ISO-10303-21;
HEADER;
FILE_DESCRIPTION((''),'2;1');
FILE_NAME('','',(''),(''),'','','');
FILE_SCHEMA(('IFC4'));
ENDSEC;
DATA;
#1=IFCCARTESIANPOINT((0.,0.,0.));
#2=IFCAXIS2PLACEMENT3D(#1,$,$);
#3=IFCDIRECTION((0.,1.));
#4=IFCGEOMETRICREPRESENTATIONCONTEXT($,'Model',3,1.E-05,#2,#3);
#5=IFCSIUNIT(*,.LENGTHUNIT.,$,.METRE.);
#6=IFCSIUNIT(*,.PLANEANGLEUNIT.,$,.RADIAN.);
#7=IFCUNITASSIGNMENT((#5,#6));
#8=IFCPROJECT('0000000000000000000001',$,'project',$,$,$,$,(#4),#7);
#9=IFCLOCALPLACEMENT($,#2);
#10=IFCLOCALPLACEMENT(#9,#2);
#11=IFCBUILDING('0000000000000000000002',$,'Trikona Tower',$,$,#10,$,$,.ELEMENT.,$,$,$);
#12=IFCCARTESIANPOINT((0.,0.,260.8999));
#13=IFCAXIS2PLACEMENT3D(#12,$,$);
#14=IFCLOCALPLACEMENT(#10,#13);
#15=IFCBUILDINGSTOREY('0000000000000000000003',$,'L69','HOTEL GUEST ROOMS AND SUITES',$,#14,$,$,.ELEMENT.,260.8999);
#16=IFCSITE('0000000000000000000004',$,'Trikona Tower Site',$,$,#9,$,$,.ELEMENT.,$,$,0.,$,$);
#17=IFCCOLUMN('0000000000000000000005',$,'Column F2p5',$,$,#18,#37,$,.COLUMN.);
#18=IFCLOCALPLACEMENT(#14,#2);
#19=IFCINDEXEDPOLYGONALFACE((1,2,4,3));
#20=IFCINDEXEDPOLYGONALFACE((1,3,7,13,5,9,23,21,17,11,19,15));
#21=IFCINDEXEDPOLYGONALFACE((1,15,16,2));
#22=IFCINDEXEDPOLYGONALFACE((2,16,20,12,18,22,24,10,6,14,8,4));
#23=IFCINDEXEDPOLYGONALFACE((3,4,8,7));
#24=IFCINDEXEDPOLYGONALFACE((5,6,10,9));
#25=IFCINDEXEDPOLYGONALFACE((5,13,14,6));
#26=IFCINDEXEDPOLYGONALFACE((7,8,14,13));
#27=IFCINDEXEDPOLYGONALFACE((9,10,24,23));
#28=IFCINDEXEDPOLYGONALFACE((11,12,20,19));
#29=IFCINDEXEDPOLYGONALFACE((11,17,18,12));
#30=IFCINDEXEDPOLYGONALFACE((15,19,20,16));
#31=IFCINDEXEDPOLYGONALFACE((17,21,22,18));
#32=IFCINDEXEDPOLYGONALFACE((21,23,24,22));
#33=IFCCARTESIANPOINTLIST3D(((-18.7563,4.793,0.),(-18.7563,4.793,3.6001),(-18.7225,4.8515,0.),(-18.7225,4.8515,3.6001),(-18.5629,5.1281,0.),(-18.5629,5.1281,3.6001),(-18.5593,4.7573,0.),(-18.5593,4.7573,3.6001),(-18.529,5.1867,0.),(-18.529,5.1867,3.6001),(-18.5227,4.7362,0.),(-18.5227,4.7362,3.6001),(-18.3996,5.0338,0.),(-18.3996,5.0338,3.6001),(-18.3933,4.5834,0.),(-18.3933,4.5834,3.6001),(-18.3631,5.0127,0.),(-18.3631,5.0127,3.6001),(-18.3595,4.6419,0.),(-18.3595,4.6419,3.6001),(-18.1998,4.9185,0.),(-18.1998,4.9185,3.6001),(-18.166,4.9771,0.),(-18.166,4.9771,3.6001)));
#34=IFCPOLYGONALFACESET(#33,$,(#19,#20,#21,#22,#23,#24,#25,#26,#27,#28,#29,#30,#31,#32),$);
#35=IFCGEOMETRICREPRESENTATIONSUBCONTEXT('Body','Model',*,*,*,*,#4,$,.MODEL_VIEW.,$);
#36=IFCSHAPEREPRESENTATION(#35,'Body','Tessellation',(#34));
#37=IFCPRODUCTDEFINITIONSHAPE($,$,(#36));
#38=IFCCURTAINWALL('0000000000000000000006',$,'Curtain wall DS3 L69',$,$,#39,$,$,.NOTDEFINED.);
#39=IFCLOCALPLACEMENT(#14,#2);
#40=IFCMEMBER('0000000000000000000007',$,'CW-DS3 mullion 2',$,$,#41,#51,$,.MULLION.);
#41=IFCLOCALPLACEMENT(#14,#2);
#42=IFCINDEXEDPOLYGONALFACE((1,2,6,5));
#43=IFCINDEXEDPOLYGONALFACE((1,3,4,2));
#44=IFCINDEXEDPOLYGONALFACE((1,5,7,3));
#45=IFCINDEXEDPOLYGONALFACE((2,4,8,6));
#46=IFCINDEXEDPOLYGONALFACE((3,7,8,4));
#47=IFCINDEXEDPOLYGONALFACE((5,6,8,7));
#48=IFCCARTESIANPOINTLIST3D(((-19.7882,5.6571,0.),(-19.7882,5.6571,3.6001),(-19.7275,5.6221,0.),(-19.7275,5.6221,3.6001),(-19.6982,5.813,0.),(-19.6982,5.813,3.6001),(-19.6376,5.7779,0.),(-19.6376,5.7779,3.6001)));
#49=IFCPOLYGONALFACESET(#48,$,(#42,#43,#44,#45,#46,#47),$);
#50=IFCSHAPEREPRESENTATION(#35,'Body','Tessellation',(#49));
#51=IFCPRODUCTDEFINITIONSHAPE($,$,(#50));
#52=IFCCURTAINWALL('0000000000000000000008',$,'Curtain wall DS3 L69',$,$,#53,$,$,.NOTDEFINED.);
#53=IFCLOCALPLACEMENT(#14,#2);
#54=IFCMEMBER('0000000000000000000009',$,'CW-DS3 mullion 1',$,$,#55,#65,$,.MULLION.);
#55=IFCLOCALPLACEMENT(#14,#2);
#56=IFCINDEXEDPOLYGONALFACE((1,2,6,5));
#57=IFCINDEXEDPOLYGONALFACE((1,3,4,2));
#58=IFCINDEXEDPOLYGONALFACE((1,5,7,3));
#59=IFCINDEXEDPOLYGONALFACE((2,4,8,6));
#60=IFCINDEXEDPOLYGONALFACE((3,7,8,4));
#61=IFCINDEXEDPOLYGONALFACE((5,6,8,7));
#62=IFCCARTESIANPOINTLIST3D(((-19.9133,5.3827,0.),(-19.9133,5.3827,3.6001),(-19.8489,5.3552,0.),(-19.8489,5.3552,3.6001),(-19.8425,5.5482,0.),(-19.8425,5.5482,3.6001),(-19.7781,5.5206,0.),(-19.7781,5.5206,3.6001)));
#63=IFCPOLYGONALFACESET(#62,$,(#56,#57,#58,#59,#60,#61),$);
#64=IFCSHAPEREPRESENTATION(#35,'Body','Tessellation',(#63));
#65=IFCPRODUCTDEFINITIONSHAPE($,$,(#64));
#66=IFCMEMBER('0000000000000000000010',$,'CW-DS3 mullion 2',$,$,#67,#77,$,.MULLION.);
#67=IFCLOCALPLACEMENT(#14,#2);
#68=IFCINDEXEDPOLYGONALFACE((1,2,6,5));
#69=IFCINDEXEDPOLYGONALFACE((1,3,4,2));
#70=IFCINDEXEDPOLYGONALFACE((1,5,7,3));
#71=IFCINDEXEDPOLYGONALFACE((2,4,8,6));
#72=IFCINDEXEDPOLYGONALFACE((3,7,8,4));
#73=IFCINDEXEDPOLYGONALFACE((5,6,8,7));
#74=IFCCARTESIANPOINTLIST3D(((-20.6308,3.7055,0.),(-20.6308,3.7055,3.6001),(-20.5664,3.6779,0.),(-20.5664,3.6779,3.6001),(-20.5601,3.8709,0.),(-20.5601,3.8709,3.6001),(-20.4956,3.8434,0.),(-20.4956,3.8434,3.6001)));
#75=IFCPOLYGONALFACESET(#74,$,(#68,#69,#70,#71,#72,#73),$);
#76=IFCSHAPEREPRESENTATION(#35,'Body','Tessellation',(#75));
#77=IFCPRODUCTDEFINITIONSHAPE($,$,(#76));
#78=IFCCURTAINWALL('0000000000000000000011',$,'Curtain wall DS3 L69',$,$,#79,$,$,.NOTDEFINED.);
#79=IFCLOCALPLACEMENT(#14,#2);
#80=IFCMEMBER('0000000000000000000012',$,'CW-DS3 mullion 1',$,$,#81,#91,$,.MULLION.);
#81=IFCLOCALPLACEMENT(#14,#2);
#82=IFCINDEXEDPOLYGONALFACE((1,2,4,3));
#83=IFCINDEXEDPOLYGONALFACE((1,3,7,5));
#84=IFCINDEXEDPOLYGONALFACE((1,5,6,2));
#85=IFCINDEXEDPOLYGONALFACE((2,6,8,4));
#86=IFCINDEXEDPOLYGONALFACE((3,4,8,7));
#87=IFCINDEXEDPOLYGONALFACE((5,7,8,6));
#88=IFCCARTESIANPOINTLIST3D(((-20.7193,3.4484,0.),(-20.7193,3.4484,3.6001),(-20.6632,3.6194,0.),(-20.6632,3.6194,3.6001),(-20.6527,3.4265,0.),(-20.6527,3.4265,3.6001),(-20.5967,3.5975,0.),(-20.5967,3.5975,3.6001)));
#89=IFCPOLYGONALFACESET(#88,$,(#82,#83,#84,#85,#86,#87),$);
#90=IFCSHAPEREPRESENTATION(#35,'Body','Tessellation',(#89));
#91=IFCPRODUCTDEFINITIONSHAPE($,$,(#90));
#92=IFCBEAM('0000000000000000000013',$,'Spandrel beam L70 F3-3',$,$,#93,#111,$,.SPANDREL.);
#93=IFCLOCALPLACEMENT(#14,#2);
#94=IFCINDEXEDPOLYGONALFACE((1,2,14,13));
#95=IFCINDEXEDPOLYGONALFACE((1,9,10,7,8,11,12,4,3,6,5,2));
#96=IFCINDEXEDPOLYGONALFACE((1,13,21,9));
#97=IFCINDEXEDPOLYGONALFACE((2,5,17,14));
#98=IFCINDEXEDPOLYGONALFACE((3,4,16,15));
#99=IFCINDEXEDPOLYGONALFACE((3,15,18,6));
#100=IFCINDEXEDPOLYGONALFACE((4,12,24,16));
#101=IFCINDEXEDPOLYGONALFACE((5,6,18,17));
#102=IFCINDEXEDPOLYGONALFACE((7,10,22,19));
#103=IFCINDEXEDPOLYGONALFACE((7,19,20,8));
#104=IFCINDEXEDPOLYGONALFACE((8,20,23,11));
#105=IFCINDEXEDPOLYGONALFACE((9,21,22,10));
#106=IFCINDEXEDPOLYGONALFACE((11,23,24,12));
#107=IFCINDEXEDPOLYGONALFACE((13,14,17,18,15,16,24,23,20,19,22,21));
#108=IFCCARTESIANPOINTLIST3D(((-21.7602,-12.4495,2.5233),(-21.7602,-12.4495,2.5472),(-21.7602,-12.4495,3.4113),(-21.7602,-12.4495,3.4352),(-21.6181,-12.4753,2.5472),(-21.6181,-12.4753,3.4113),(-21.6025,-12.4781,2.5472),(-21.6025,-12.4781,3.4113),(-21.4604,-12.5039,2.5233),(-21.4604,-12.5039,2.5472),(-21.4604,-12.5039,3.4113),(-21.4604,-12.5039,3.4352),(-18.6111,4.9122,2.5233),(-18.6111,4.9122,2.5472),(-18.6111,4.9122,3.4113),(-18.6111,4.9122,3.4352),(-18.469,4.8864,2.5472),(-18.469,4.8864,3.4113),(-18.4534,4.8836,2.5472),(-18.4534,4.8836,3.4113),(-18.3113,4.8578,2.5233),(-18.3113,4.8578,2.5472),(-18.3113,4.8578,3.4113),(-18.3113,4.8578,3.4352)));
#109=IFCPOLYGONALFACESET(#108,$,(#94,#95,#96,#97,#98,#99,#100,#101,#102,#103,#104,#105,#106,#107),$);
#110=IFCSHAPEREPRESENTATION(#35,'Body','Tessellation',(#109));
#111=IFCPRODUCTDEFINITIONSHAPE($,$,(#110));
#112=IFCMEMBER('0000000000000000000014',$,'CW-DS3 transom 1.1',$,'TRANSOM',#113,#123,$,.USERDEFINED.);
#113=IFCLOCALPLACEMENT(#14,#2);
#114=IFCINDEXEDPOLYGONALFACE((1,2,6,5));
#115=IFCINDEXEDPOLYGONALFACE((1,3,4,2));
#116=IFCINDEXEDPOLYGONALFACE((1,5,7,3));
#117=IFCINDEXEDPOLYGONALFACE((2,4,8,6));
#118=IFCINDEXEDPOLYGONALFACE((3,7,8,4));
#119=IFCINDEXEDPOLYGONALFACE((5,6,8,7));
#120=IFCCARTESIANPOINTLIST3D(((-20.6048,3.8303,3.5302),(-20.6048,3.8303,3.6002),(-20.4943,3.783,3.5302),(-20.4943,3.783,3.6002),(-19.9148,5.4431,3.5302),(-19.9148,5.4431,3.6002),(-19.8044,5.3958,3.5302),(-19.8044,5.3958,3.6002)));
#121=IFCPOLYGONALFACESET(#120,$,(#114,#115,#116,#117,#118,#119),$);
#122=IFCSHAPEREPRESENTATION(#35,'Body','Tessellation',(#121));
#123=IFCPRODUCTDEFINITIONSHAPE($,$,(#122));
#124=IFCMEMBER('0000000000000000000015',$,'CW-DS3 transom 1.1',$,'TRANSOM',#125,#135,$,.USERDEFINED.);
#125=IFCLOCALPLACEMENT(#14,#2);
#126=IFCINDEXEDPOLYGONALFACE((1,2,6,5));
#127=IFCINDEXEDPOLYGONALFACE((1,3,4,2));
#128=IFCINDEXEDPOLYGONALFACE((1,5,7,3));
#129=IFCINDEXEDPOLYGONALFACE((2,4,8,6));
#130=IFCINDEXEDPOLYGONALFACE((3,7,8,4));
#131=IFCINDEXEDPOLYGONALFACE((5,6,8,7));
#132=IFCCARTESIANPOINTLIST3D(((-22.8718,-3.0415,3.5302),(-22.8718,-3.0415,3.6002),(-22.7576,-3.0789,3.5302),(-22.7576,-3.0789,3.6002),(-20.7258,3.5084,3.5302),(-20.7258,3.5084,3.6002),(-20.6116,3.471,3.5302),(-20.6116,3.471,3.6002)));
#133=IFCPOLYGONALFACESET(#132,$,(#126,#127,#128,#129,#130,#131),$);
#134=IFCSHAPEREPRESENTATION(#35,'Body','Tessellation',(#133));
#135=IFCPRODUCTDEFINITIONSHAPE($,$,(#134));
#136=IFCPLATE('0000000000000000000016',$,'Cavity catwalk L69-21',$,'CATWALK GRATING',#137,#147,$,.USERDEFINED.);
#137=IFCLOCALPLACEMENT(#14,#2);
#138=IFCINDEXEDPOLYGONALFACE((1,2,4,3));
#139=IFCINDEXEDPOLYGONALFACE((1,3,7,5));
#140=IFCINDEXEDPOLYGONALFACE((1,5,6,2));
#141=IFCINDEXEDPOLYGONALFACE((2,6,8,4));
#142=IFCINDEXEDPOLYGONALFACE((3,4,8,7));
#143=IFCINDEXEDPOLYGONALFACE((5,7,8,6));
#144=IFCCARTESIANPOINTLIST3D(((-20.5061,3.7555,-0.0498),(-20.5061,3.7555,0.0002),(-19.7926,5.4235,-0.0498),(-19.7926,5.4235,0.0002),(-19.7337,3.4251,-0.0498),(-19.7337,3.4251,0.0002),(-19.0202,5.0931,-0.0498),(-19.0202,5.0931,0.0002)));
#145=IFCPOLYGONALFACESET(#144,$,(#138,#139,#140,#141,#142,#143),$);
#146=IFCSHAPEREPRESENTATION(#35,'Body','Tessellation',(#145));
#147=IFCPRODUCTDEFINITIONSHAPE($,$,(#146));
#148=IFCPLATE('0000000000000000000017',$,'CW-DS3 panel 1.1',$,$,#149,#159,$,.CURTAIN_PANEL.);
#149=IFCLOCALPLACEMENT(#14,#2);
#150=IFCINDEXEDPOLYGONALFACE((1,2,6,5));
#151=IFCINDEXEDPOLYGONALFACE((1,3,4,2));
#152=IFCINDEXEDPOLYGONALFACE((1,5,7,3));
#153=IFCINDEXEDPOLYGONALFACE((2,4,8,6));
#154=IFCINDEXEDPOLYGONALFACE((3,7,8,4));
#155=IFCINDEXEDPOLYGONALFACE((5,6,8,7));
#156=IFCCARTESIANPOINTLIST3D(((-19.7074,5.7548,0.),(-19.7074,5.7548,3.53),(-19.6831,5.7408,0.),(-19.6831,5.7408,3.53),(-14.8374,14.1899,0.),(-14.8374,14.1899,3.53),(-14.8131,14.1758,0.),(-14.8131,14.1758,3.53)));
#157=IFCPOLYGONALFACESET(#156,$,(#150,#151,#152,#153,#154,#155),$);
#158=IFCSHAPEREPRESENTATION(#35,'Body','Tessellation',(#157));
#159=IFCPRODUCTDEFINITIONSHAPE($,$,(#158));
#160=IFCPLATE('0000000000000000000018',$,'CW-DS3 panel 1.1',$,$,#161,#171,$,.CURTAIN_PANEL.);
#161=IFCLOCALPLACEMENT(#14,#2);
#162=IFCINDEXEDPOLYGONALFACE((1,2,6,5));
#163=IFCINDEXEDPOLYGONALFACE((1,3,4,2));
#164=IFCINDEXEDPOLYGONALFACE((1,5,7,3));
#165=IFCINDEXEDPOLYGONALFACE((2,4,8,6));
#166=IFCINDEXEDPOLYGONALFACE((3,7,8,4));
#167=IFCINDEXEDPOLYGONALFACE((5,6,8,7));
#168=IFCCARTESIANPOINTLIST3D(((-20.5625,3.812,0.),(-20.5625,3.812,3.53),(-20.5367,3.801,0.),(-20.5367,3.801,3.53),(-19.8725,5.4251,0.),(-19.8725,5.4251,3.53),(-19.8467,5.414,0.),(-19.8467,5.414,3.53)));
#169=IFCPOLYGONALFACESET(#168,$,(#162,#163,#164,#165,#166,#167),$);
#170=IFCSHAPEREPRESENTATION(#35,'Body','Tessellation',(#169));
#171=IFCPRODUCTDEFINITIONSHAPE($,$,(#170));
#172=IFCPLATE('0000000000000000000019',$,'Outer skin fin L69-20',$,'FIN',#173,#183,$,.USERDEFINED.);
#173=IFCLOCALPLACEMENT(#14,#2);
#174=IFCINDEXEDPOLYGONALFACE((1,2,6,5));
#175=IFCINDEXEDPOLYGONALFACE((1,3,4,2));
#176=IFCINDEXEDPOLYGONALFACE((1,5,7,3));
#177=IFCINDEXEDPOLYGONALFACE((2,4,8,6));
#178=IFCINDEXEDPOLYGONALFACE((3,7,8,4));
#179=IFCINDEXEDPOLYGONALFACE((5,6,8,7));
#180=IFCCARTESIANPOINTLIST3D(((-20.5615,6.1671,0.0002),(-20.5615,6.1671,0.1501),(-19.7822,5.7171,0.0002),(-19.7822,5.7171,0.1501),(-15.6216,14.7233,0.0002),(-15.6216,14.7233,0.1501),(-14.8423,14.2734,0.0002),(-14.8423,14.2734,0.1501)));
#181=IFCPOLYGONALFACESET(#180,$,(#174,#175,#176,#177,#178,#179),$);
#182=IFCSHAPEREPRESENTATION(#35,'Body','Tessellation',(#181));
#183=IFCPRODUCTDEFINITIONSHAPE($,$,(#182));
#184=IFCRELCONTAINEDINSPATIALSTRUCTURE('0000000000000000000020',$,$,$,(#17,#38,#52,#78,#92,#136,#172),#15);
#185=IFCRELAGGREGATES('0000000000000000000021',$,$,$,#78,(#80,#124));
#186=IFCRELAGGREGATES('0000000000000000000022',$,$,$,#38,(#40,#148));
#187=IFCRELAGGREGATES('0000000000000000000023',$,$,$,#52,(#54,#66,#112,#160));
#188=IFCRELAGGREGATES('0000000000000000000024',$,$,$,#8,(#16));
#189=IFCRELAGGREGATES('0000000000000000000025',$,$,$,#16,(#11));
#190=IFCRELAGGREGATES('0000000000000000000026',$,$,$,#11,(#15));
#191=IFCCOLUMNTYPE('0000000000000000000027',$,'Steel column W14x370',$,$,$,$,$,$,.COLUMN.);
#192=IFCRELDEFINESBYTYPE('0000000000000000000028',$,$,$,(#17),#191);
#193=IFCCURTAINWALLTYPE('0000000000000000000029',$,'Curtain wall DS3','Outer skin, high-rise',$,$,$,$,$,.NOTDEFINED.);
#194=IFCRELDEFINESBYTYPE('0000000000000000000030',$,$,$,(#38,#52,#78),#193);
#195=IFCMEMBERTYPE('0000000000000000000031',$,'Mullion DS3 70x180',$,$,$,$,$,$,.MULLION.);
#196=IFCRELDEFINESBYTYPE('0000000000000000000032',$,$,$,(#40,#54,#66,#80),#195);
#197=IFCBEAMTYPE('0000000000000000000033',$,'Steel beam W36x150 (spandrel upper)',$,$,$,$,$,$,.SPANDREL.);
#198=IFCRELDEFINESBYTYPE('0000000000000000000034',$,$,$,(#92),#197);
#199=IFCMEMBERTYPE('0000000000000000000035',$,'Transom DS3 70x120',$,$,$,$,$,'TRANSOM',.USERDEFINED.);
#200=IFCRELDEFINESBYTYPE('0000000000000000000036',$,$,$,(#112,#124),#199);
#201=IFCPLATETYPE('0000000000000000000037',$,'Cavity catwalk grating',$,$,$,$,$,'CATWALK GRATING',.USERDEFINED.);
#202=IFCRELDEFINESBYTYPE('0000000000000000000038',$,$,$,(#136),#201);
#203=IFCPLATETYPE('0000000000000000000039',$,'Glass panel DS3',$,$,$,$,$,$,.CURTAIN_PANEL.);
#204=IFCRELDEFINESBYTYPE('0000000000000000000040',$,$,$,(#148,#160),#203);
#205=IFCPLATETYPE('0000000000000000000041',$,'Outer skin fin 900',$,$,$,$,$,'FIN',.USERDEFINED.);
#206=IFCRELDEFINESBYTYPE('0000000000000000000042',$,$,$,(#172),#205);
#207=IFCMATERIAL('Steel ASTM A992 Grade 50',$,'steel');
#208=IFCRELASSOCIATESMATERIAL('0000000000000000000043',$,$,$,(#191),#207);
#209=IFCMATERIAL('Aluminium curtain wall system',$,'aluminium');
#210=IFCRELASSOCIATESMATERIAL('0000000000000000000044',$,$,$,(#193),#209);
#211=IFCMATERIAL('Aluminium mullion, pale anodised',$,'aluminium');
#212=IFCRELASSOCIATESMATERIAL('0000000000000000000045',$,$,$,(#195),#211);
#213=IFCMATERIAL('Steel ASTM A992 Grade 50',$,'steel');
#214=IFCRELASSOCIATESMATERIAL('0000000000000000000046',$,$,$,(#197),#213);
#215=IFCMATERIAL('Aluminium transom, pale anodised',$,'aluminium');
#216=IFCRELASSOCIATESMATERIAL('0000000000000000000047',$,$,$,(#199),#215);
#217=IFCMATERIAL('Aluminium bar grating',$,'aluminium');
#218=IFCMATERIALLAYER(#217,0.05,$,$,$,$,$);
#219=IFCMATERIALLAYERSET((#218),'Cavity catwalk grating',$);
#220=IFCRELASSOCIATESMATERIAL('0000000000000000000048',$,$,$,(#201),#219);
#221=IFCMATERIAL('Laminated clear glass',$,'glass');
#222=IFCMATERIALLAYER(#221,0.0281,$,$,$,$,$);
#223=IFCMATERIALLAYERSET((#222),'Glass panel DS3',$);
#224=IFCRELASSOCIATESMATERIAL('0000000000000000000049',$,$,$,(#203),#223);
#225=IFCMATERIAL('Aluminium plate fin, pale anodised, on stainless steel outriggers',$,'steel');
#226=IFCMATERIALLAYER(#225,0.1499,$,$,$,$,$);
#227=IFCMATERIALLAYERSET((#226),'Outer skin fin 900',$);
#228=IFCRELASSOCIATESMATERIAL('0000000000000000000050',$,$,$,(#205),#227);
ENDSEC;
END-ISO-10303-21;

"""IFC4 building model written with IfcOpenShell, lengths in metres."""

from ifc_helpers import new_model, si_unit, direction, frame, origin, origin_2d, place, context, subcontext, project, spatial, rectangle, i_section, extrude, material, layer, layer_set, material_profile, profile_set, type_object, element, aggregate, save


model = new_model("IFC4")

# Units and contexts
model_context = context("Model", 3, precision=1e-05, world=origin(), true_north=direction((0.0, 1.0)))
body_context = subcontext(model_context, "Body", "Model", "MODEL_VIEW")
ifc_project = project(units=[si_unit("LENGTHUNIT", "METRE"), si_unit("PLANEANGLEUNIT", "RADIAN")], contexts=[model_context])

# Site, building, storey
site_placement = place(None, origin())
site = spatial("IfcSite", under=ifc_project, at=site_placement, Name="Trikona Tower Site", CompositionType="ELEMENT", RefElevation=0.0)
building_placement = place(site_placement, origin())
building = spatial("IfcBuilding", under=site, at=building_placement, Name="Trikona Tower", CompositionType="ELEMENT")
storey_placement = place(building_placement, frame((0.0, 0.0, 260.8999)))
storey = spatial("IfcBuildingStorey", under=building, at=storey_placement, Name="L69", Description="HOTEL GUEST ROOMS AND SUITES", CompositionType="ELEMENT", Elevation=260.8999)

# Column
ifc_material_1 = material(Name="Steel ASTM A992 Grade 50", Category="steel")
ifc_material_profile_1 = material_profile(ifc_material_1, i_section(OverallWidth=0.4192, OverallDepth=0.4546, WebThickness=0.0422, FlangeThickness=0.0676, at=origin_2d()), Name="W14X370")
ifc_profile_set_1 = profile_set([ifc_material_profile_1], Name="Steel ASTM A992 Grade 50")
column_type = type_object("IfcColumnType", Name="Steel column W14x370", PredefinedType="COLUMN", material=ifc_profile_set_1)
column_placement = place(storey_placement, frame((-18.4612, 4.885, 0.0), z_axis=(0.0, 0.0, 1.0), x_axis=(-0.866025, 0.5, 0.0)))
element("IfcColumn", 1, at=column_placement, inside=storey, type_object=column_type, Name="Column F2p5", PredefinedType="COLUMN", context=body_context, shape_type="SweptSolid", body=[
    extrude(i_section(OverallWidth=0.4192, OverallDepth=0.4546, WebThickness=0.0422, FlangeThickness=0.0676, at=origin_2d()), origin(), (0.0, 0.0, 1.0), 3.6001),
])

# Curtain wall, member
ifc_material_2 = material(Name="Aluminium curtain wall system", Category="aluminium")
curtain_wall_type = type_object("IfcCurtainWallType", Name="Curtain wall DS3", Description="Outer skin, high-rise", PredefinedType="NOTDEFINED", material=ifc_material_2)
curtain_wall_1_placement = place(storey_placement, origin())
curtain_wall_1 = element("IfcCurtainWall", 2, at=curtain_wall_1_placement, inside=storey, type_object=curtain_wall_type, Name="Curtain wall DS3 L69", PredefinedType="NOTDEFINED")
ifc_material_3 = material(Name="Aluminium mullion, pale anodised", Category="aluminium")
ifc_material_profile_2 = material_profile(ifc_material_3, rectangle(XDim=0.0701, YDim=0.1799, at=origin_2d()), Name="MUL-DS3")
ifc_profile_set_2 = profile_set([ifc_material_profile_2], Name="Aluminium mullion, pale anodised")
member_type_1 = type_object("IfcMemberType", Name="Mullion DS3 70x180", PredefinedType="MULLION", material=ifc_profile_set_2)
member_1_placement = place(storey_placement, frame((-19.7129, 5.7175, 0.0), z_axis=(0.0, 0.0, 1.0), x_axis=(0.866025, -0.500001, 0.0)))
member_1 = element("IfcMember", 3, at=member_1_placement, type_object=member_type_1, Name="CW-DS3 mullion 2", PredefinedType="MULLION", context=body_context, shape_type="SweptSolid", body=[
    extrude(rectangle(XDim=0.0701, YDim=0.1799, at=origin_2d()), origin(), (0.0, 0.0, 1.0), 3.6001),
])

# Curtain wall, members
curtain_wall_2_placement = place(storey_placement, origin())
curtain_wall_2 = element("IfcCurtainWall", 4, at=curtain_wall_2_placement, inside=storey, type_object=curtain_wall_type, Name="Curtain wall DS3 L69", PredefinedType="NOTDEFINED")
member_2_placement = place(storey_placement, frame((-19.8457, 5.4517, 0.0), z_axis=(0.0, 0.0, 1.0), x_axis=(0.919421, -0.393276, 0.0)))
member_2 = element("IfcMember", 5, at=member_2_placement, type_object=member_type_1, Name="CW-DS3 mullion 1", PredefinedType="MULLION", context=body_context, shape_type="SweptSolid", body=[
    extrude(rectangle(XDim=0.0701, YDim=0.1799, at=origin_2d()), origin(), (0.0, 0.0, 1.0), 3.6001),
])
member_3_placement = place(storey_placement, frame((-20.5632, 3.7744, 0.0), z_axis=(0.0, 0.0, 1.0), x_axis=(0.919421, -0.393276, 0.0)))
member_3 = element("IfcMember", 6, at=member_3_placement, type_object=member_type_1, Name="CW-DS3 mullion 2", PredefinedType="MULLION", context=body_context, shape_type="SweptSolid", body=[
    extrude(rectangle(XDim=0.0701, YDim=0.1799, at=origin_2d()), origin(), (0.0, 0.0, 1.0), 3.6001),
])

# Curtain wall, member
curtain_wall_3_placement = place(storey_placement, origin())
curtain_wall_3 = element("IfcCurtainWall", 7, at=curtain_wall_3_placement, inside=storey, type_object=curtain_wall_type, Name="Curtain wall DS3 L69", PredefinedType="NOTDEFINED")
member_4_placement = place(storey_placement, frame((-20.658, 3.5229, 0.0), z_axis=(0.0, 0.0, 1.0), x_axis=(0.950297, -0.311344, 0.0)))
member_4 = element("IfcMember", 8, at=member_4_placement, type_object=member_type_1, Name="CW-DS3 mullion 1", PredefinedType="MULLION", context=body_context, shape_type="SweptSolid", body=[
    extrude(rectangle(XDim=0.0701, YDim=0.1799, at=origin_2d()), origin(), (0.0, 0.0, 1.0), 3.6001),
])

# Beam
ifc_material_4 = material(Name="Steel ASTM A992 Grade 50", Category="steel")
ifc_material_profile_3 = material_profile(ifc_material_4, i_section(OverallWidth=0.3047, OverallDepth=0.9119, WebThickness=0.0159, FlangeThickness=0.0239, at=origin_2d()), Name="W36X150")
ifc_profile_set_3 = profile_set([ifc_material_profile_3], Name="Steel ASTM A992 Grade 50")
beam_type = type_object("IfcBeamType", Name="Steel beam W36x150 (spandrel upper)", PredefinedType="SPANDREL", material=ifc_profile_set_3)
beam_placement = place(storey_placement, frame((-18.4612, 4.885, 2.9792), z_axis=(-0.178473, -0.983945, 0.0), x_axis=(0.983945, -0.178473, 0.0)))
element("IfcBeam", 9, at=beam_placement, inside=storey, type_object=beam_type, Name="Spandrel beam L70 F3-3", PredefinedType="SPANDREL", context=body_context, shape_type="SweptSolid", body=[
    extrude(i_section(OverallWidth=0.3047, OverallDepth=0.9119, WebThickness=0.0159, FlangeThickness=0.0239, at=origin_2d()), origin(), (0.0, 0.0, 1.0), 17.645),
])

# Members
ifc_material_5 = material(Name="Aluminium transom, pale anodised", Category="aluminium")
ifc_material_profile_4 = material_profile(ifc_material_5, rectangle(XDim=0.1201, YDim=0.0701, at=origin_2d()), Name="TRN-DS3")
ifc_profile_set_4 = profile_set([ifc_material_profile_4], Name="Aluminium transom, pale anodised")
member_type_2 = type_object("IfcMemberType", Name="Transom DS3 70x120", ElementType="TRANSOM", PredefinedType="USERDEFINED", material=ifc_profile_set_4)
member_5_placement = place(storey_placement, frame((-19.8596, 5.4194, 3.5652), z_axis=(-0.393315, -0.919404, 0.0), x_axis=(0.919404, -0.393315, 0.0)))
member_5 = element("IfcMember", 10, at=member_5_placement, type_object=member_type_2, Name="CW-DS3 transom 1.1", ObjectType="TRANSOM", PredefinedType="USERDEFINED", context=body_context, shape_type="SweptSolid", body=[
    extrude(rectangle(XDim=0.1201, YDim=0.0701, at=origin_2d()), origin(), (0.0, 0.0, 1.0), 1.7542),
])
member_6_placement = place(storey_placement, frame((-20.6687, 3.4897, 3.5652), z_axis=(-0.311346, -0.950297, 0.0), x_axis=(0.950297, -0.311346, 0.0)))
member_6 = element("IfcMember", 11, at=member_6_placement, type_object=member_type_2, Name="CW-DS3 transom 1.1", ObjectType="TRANSOM", PredefinedType="USERDEFINED", context=body_context, shape_type="SweptSolid", body=[
    extrude(rectangle(XDim=0.1201, YDim=0.0701, at=origin_2d()), origin(), (0.0, 0.0, 1.0), 6.8926),
])
aggregate(curtain_wall_3, [member_4, member_6])

# Plates
ifc_material_6 = material(Name="Aluminium bar grating", Category="aluminium")
ifc_layer_1 = layer(ifc_material_6, 0.05)
ifc_layer_set_1 = layer_set([ifc_layer_1], Name="Cavity catwalk grating")
plate_type_1 = type_object("IfcPlateType", Name="Cavity catwalk grating", ElementType="CATWALK GRATING", PredefinedType="USERDEFINED", material=ifc_layer_set_1)
plate_1_placement = place(storey_placement, frame((-19.7632, 4.4243, -0.0498), z_axis=(0.0, 0.0, 1.0), x_axis=(-0.393284, -0.919417, 0.0)))
element("IfcPlate", 12, at=plate_1_placement, inside=storey, type_object=plate_type_1, Name="Cavity catwalk L69-21", ObjectType="CATWALK GRATING", PredefinedType="USERDEFINED", context=body_context, shape_type="SweptSolid", body=[
    extrude(rectangle(XDim=1.8142, YDim=0.8401, at=origin_2d()), origin(), (0.0, 0.0, 1.0), 0.05),
])
ifc_material_7 = material(Name="Laminated clear glass", Category="glass")
ifc_layer_2 = layer(ifc_material_7, 0.0281)
ifc_layer_set_2 = layer_set([ifc_layer_2], Name="Glass panel DS3")
plate_type_2 = type_object("IfcPlateType", Name="Glass panel DS3", PredefinedType="CURTAIN_PANEL", material=ifc_layer_set_2)
plate_2_placement = place(storey_placement, frame((-17.2603, 9.9653, 0.0), z_axis=(0.0, 0.0, 1.0), x_axis=(-0.500001, -0.866025, 0.0)))
plate_2 = element("IfcPlate", 13, at=plate_2_placement, type_object=plate_type_2, Name="CW-DS3 panel 1.1", PredefinedType="CURTAIN_PANEL", context=body_context, shape_type="SweptSolid", body=[
    extrude(rectangle(XDim=9.74, YDim=0.0281, at=origin_2d()), origin(), (0.0, 0.0, 1.0), 3.53),
])
aggregate(curtain_wall_1, [member_1, plate_2])
plate_3_placement = place(storey_placement, frame((-20.2046, 4.613, 0.0), z_axis=(0.0, 0.0, 1.0), x_axis=(-0.393276, -0.919421, 0.0)))
plate_3 = element("IfcPlate", 14, at=plate_3_placement, type_object=plate_type_2, Name="CW-DS3 panel 1.1", PredefinedType="CURTAIN_PANEL", context=body_context, shape_type="SweptSolid", body=[
    extrude(rectangle(XDim=1.7544, YDim=0.0281, at=origin_2d()), origin(), (0.0, 0.0, 1.0), 3.53),
])
aggregate(curtain_wall_2, [member_2, member_3, member_5, plate_3])

# Plate
ifc_material_8 = material(Name="Aluminium plate fin, pale anodised, on stainless steel outriggers", Category="steel")
ifc_layer_3 = layer(ifc_material_8, 0.1499)
ifc_layer_set_3 = layer_set([ifc_layer_3], Name="Outer skin fin 900")
plate_type_3 = type_object("IfcPlateType", Name="Outer skin fin 900", ElementType="FIN", PredefinedType="USERDEFINED", material=ifc_layer_set_3)
plate_4_placement = place(storey_placement, frame((-17.7019, 10.2202, 0.0002), z_axis=(0.0, 0.0, 1.0), x_axis=(-0.499998, -0.866026, 0.0)))
element("IfcPlate", 15, at=plate_4_placement, inside=storey, type_object=plate_type_3, Name="Outer skin fin L69-20", ObjectType="FIN", PredefinedType="USERDEFINED", context=body_context, shape_type="SweptSolid", body=[
    extrude(rectangle(XDim=9.8799, YDim=0.8999, at=origin_2d()), origin(), (0.0, 0.0, 1.0), 0.1499),
])

save(model, "model.ifc")
